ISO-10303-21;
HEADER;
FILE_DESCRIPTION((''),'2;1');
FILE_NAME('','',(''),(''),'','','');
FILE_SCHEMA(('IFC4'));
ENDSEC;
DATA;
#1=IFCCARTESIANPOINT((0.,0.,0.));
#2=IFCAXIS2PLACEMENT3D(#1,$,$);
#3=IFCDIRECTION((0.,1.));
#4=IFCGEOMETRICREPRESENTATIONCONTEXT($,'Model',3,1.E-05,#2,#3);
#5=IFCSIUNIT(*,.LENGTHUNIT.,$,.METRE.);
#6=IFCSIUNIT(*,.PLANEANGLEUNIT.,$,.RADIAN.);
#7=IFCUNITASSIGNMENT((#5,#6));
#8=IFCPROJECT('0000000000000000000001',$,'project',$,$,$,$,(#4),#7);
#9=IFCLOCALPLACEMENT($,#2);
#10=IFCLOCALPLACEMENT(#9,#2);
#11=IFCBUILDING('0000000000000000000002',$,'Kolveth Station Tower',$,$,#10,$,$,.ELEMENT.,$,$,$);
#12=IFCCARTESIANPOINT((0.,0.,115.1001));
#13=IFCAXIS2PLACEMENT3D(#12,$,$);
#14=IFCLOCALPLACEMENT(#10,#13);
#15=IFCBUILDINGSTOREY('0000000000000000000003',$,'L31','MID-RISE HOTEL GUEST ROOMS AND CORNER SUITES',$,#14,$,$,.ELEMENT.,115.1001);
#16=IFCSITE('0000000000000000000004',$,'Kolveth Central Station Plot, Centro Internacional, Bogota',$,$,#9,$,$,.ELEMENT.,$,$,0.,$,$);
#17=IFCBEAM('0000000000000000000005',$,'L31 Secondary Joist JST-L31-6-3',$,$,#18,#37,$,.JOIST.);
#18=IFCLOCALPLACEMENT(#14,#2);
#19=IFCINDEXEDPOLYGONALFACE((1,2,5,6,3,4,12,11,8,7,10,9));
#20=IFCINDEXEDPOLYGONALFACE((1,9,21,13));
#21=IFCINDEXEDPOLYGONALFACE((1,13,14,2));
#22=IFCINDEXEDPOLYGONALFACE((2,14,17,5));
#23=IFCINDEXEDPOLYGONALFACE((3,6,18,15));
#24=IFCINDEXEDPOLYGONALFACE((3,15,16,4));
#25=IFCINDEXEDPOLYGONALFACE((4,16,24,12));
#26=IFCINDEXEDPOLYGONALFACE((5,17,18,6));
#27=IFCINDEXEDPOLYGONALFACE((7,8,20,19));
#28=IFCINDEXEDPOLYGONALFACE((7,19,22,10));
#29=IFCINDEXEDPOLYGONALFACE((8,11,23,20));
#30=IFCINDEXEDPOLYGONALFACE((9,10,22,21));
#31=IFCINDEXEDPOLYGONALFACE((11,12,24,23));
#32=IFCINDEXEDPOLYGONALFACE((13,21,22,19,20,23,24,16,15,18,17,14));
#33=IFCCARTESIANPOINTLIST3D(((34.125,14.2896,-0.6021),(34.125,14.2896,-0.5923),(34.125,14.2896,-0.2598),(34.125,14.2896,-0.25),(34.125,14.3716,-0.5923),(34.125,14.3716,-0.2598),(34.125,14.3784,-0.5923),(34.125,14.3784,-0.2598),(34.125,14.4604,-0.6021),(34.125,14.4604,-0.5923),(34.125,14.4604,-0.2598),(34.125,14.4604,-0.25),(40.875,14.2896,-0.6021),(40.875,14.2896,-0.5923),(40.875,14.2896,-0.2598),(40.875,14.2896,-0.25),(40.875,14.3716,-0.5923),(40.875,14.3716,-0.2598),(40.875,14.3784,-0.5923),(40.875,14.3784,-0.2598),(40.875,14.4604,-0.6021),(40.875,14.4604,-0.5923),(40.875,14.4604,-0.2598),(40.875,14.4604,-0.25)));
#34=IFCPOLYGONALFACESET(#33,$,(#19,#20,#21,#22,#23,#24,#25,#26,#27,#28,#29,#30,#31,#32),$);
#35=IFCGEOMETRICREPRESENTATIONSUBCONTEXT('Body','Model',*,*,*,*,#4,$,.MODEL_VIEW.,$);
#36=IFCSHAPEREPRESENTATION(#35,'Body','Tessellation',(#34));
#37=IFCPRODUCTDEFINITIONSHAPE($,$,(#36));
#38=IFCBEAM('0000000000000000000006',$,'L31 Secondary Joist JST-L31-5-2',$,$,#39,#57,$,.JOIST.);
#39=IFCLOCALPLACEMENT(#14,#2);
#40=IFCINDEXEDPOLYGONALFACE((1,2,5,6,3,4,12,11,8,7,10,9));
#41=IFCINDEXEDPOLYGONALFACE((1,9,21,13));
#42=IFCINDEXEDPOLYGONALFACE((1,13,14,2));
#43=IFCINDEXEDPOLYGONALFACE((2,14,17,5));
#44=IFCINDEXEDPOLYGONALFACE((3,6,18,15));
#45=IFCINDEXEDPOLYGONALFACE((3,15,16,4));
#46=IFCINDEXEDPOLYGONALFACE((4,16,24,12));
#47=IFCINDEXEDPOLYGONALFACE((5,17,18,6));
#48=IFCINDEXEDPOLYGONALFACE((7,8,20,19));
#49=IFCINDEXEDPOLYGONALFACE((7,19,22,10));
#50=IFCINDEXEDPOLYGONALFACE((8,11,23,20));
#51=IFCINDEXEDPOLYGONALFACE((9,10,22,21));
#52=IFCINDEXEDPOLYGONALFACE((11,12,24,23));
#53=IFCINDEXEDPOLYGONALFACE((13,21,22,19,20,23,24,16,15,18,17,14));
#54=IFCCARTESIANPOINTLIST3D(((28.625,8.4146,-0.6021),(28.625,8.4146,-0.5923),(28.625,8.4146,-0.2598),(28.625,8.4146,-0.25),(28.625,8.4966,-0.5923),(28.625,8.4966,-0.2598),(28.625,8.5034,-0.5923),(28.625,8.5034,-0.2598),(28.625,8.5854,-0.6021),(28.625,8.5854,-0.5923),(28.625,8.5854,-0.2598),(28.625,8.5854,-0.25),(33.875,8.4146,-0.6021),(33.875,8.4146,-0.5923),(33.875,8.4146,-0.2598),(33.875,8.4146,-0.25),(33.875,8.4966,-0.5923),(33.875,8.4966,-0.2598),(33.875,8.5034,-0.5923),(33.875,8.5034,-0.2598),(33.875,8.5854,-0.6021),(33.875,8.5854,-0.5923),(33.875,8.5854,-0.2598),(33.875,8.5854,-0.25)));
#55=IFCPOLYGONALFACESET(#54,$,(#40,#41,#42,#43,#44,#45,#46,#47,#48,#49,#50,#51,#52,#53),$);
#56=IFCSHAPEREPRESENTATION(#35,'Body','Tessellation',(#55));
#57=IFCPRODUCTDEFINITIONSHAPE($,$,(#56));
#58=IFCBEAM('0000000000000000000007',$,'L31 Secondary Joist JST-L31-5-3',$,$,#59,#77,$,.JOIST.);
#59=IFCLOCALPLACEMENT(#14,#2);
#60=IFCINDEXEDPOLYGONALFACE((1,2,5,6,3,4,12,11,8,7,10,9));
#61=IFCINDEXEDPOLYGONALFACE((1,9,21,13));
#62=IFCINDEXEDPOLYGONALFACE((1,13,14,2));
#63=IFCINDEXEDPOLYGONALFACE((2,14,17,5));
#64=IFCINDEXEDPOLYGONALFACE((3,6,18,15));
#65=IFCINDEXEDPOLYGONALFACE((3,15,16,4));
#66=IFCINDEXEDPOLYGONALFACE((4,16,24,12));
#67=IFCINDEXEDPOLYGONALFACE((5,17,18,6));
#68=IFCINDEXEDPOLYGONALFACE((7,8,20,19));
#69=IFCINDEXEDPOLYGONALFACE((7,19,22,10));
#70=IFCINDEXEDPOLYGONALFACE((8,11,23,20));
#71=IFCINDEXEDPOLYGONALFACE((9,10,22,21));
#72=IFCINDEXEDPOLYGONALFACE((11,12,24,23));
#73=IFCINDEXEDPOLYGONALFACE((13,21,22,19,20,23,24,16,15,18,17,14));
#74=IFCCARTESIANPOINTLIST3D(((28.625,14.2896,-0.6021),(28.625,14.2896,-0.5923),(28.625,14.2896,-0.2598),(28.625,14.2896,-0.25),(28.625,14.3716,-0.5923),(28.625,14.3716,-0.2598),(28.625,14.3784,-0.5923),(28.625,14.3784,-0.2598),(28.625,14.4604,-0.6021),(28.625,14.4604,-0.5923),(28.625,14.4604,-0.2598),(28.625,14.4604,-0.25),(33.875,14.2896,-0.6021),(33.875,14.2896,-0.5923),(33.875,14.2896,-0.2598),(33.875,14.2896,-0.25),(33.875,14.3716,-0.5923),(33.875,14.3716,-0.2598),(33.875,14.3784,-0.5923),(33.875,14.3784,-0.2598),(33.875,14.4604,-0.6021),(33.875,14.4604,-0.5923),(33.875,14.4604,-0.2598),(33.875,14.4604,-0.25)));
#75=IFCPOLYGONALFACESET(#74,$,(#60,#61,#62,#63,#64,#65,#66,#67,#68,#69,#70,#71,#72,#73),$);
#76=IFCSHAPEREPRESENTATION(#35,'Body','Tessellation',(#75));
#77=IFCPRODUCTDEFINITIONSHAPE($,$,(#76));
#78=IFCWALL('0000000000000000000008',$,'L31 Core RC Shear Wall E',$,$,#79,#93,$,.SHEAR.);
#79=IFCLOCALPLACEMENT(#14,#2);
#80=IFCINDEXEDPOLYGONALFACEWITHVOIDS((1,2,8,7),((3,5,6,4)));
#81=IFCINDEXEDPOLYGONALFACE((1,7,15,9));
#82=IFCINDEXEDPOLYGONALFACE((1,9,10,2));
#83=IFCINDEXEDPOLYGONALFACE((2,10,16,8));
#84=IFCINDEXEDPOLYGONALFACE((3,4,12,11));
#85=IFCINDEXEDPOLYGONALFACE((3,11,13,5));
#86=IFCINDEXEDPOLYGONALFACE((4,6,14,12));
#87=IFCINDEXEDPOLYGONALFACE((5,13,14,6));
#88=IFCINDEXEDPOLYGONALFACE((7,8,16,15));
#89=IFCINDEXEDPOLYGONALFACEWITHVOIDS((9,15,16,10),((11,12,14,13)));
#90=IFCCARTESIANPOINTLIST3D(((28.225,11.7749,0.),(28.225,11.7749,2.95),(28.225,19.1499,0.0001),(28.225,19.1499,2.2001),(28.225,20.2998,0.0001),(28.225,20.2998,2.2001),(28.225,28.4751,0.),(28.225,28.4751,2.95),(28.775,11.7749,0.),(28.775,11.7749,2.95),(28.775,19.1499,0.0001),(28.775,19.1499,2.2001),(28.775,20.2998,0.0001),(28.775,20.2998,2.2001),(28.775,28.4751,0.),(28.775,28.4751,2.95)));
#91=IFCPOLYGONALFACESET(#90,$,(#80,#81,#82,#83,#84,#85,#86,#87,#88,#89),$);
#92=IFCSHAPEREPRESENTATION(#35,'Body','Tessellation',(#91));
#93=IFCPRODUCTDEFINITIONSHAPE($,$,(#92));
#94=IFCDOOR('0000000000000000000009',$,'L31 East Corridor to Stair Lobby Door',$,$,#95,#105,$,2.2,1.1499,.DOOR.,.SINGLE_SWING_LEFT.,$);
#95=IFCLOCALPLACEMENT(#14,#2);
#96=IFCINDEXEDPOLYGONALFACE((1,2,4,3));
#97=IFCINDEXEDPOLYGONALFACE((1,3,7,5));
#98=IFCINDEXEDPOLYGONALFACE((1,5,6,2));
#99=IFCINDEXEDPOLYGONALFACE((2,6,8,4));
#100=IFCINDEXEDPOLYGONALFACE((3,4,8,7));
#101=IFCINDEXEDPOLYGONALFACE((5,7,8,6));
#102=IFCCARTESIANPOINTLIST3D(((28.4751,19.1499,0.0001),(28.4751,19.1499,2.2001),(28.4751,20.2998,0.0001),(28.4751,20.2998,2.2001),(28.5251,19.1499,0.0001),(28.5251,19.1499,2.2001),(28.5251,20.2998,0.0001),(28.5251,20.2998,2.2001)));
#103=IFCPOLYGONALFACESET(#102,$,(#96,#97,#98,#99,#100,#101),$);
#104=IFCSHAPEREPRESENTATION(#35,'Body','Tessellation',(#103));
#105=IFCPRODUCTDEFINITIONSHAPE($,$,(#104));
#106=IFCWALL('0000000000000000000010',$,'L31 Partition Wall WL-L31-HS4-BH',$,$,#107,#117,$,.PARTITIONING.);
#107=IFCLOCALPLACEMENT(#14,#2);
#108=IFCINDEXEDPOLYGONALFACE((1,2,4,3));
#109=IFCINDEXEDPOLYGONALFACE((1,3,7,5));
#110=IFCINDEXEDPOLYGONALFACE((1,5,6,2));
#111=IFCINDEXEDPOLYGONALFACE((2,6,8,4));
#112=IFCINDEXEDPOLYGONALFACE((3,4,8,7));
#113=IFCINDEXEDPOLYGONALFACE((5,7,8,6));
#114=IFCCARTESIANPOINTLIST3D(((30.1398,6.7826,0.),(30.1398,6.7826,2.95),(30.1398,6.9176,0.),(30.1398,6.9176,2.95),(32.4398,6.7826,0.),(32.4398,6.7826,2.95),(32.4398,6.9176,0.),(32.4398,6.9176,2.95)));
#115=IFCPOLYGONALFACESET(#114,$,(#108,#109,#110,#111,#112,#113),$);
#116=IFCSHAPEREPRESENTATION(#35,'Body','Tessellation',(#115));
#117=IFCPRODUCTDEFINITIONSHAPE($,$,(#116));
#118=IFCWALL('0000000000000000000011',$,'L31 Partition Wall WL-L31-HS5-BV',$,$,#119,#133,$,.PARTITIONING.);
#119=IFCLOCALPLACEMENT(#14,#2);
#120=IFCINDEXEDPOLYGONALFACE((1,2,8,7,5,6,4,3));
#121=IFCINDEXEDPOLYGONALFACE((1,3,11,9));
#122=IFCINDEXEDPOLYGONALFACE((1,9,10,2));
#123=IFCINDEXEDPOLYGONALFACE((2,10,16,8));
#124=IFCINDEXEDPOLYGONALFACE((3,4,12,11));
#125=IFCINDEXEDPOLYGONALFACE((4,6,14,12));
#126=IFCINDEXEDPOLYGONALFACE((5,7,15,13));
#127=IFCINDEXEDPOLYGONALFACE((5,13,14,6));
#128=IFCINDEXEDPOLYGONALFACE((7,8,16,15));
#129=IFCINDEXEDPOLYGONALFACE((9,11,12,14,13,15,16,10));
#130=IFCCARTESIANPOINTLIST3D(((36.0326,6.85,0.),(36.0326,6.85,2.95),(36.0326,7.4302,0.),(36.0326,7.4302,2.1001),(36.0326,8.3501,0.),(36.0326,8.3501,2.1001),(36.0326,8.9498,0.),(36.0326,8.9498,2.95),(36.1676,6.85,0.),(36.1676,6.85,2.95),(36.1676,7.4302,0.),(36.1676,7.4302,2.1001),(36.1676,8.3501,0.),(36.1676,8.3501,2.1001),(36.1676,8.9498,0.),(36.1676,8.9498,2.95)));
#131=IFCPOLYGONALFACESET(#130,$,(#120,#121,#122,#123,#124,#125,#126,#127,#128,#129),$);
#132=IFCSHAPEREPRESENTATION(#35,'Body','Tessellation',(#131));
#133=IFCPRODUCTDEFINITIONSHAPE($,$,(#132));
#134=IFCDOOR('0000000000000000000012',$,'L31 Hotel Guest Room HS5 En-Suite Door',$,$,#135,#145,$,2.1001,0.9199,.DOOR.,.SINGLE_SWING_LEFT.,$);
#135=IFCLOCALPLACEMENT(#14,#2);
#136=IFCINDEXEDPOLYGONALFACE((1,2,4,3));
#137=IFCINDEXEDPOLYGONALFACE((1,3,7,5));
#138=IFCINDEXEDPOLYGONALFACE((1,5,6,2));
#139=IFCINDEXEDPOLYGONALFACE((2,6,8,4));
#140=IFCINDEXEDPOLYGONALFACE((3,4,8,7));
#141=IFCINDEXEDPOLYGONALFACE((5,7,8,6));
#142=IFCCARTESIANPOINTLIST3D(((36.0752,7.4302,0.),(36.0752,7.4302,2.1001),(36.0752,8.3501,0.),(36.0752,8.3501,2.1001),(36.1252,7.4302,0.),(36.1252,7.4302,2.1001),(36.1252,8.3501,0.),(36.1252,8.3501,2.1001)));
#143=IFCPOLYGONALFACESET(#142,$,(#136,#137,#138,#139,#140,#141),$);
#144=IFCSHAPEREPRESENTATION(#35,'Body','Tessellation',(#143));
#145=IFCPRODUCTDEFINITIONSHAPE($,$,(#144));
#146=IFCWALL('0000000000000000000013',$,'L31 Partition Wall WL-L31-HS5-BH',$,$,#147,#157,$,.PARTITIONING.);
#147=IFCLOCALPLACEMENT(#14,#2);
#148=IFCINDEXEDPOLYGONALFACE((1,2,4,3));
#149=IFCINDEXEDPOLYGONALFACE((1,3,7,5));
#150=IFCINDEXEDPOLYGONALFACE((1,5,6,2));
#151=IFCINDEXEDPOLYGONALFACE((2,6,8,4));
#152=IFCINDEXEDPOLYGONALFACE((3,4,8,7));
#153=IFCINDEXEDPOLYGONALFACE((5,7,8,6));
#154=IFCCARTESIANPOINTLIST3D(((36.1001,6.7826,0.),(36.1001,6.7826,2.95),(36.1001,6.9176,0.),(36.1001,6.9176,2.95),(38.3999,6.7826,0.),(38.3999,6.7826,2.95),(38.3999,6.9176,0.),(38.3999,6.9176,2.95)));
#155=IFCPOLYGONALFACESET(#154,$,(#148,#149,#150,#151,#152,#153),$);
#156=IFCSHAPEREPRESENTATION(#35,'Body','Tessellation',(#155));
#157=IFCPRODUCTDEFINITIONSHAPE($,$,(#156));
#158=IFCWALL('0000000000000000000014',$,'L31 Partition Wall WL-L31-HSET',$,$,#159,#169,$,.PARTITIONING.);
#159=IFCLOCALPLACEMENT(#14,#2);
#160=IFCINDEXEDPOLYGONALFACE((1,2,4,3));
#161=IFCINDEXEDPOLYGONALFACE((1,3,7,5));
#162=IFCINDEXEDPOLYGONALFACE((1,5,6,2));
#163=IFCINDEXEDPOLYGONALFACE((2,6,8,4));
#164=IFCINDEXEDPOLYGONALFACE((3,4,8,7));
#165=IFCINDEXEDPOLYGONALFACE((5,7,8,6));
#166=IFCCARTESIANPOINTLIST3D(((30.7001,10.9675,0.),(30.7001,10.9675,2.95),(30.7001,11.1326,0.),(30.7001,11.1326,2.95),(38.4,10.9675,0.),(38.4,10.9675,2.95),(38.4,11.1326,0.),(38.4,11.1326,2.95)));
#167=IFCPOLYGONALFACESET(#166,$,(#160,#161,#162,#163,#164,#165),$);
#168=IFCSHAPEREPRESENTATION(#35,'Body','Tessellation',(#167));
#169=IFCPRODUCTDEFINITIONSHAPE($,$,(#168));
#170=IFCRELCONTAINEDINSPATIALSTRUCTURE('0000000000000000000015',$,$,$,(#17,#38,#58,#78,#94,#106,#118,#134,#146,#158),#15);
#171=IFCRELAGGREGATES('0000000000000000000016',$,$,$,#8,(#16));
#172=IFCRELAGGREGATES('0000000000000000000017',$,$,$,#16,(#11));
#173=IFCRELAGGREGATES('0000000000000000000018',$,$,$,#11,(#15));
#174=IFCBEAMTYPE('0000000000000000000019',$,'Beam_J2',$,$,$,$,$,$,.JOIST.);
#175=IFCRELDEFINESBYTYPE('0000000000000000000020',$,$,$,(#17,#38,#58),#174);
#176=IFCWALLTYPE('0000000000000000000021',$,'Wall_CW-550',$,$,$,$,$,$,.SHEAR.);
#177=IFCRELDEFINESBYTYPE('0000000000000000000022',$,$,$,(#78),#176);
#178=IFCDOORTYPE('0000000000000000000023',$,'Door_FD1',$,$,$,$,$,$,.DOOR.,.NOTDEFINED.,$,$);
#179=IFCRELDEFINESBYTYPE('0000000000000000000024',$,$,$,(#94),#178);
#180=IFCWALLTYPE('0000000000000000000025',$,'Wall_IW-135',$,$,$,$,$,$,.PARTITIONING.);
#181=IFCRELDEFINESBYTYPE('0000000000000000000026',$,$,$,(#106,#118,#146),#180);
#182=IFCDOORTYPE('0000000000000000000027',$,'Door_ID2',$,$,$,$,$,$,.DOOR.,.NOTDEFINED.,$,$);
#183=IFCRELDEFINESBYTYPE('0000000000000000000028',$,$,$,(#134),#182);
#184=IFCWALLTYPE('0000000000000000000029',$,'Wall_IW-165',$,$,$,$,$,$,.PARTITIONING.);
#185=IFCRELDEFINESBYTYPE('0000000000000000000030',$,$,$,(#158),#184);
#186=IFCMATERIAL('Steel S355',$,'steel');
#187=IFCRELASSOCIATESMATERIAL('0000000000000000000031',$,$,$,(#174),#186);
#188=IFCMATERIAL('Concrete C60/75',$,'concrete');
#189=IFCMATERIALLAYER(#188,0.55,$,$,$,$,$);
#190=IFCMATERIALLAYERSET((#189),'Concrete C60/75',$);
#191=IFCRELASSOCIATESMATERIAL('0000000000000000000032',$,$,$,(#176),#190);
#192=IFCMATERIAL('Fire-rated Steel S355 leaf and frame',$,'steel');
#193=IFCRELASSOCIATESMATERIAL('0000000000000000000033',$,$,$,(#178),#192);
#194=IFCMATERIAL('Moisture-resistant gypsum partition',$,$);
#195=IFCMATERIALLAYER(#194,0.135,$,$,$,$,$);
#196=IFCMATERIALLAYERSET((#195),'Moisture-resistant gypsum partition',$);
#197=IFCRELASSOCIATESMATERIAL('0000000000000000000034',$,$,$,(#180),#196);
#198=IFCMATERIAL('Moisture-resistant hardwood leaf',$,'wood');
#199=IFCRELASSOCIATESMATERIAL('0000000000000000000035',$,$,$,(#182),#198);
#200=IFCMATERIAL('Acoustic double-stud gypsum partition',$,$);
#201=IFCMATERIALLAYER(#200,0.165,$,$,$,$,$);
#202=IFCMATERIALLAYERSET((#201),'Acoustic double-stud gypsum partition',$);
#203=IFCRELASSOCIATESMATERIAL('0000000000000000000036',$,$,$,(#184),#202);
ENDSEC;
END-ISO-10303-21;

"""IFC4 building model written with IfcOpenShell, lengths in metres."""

from ifc_helpers import new_model, si_unit, direction, frame, frame_2d, origin, origin_2d, place, context, subcontext, project, spatial, rectangle, i_section, extrude, source, transform, mapped, material, layer, layer_set, material_profile, profile_set, type_object, element, fill, save


model = new_model("IFC4")

# Units and contexts
model_context = context("Model", 3, precision=1e-05, world=origin(), true_north=direction((0.0, 1.0)))
body_context = subcontext(model_context, "Body", "Model", "MODEL_VIEW")
ifc_project = project(units=[si_unit("LENGTHUNIT", "METRE"), si_unit("PLANEANGLEUNIT", "RADIAN")], contexts=[model_context])

# Site, building, storey
site_placement = place(None, origin())
site = spatial("IfcSite", under=ifc_project, at=site_placement, Name="Kolveth Central Station Plot, Centro Internacional, Bogota", CompositionType="ELEMENT", RefElevation=0.0)
building_placement = place(site_placement, origin())
building = spatial("IfcBuilding", under=site, at=building_placement, Name="Kolveth Station Tower", CompositionType="ELEMENT")
storey_placement = place(building_placement, frame((0.0, 0.0, 115.1001)))
storey = spatial("IfcBuildingStorey", under=building, at=storey_placement, Name="L31", Description="MID-RISE HOTEL GUEST ROOMS AND CORNER SUITES", CompositionType="ELEMENT", Elevation=115.1001)

# Shared definitions
ifc_material_1 = material(Name="Steel S355", Category="steel")

# Beams
ifc_material_profile_1 = material_profile(ifc_material_1, i_section(OverallWidth=0.1709, OverallDepth=0.3521, WebThickness=0.0068, FlangeThickness=0.0098, at=origin_2d()), Name="W360x44")
ifc_profile_set_1 = profile_set([ifc_material_profile_1], Name="Steel S355")
beam_type_1 = type_object("IfcBeamType", Name="Beam_J2", PredefinedType="JOIST", material=ifc_profile_set_1)
shared_shape_1 = source(origin(), body_context, "Body", "SweptSolid", [
    extrude(i_section(OverallWidth=0.1709, OverallDepth=0.3521, WebThickness=0.0068, FlangeThickness=0.0098, at=origin_2d()), origin(), (0.0, 0.0, 1.0), 6.75),
])
for number, where, z_axis, x_axis, name in (
    (1, (34.125, 14.375, -0.426), (1.0, 0.0, 0.0), (0.0, 1.0, 0.0), "L31 Secondary Joist JST-L31-6-3"),
):
    element("IfcBeam", number, at=place(storey_placement, frame(where, z_axis=z_axis, x_axis=x_axis)), inside=storey, type_object=beam_type_1, Name=name, PredefinedType="JOIST", context=body_context, shape_type="MappedRepresentation", body=[
        mapped(shared_shape_1, transform((0.0, 0.0, 0.0), x_axis=(1.0, 0.0, 0.0), y_axis=(0.0, 1.0, 0.0), z_axis=(0.0, 0.0, 1.0), scale=1.0)),
    ])
shared_shape_2 = source(origin(), body_context, "Body", "SweptSolid", [
    extrude(i_section(OverallWidth=0.1709, OverallDepth=0.3521, WebThickness=0.0068, FlangeThickness=0.0098, at=origin_2d()), origin(), (0.0, 0.0, 1.0), 5.25),
])
for number, where, z_axis, x_axis, name in (
    (2, (28.625, 8.5, -0.426), (1.0, 0.0, 0.0), (0.0, 1.0, 0.0), "L31 Secondary Joist JST-L31-5-2"),
    (3, (28.625, 14.375, -0.426), (1.0, 0.0, 0.0), (0.0, 1.0, 0.0), "L31 Secondary Joist JST-L31-5-3"),
):
    element("IfcBeam", number, at=place(storey_placement, frame(where, z_axis=z_axis, x_axis=x_axis)), inside=storey, type_object=beam_type_1, Name=name, PredefinedType="JOIST", context=body_context, shape_type="MappedRepresentation", body=[
        mapped(shared_shape_2, transform((0.0, 0.0, 0.0), x_axis=(1.0, 0.0, 0.0), y_axis=(0.0, 1.0, 0.0), z_axis=(0.0, 0.0, 1.0), scale=1.0)),
    ])

# Wall, opening, door
ifc_material_2 = material(Name="Concrete C60/75", Category="concrete")
ifc_layer_1 = layer(ifc_material_2, 0.55)
ifc_layer_set_1 = layer_set([ifc_layer_1], Name="Concrete C60/75")
wall_type_1 = type_object("IfcWallType", Name="Wall_CW-550", PredefinedType="SHEAR", material=ifc_layer_set_1)
wall_1_placement = place(storey_placement, frame((28.5, 11.7749, 0.0), z_axis=(0.0, 0.0, 1.0), x_axis=(0.0, 1.0, 0.0)))
wall_1 = element("IfcWall", 4, at=wall_1_placement, inside=storey, type_object=wall_type_1, Name="L31 Core RC Shear Wall E", PredefinedType="SHEAR", context=body_context, shape_type="SweptSolid", body=[
    extrude(rectangle(XDim=16.7002, YDim=0.55, at=frame_2d((8.3501, 0.0))), origin(), (0.0, 0.0, 1.0), 2.95),
])
opening_1_placement = place(wall_1_placement, frame((7.375, 0.0, 0.0)))
opening_1 = element("IfcOpeningElement", 5, at=opening_1_placement, cuts=wall_1, PredefinedType="OPENING", context=body_context, shape_type="SweptSolid", body=[
    extrude(rectangle(XDim=1.1499, YDim=2.2, at=frame_2d((0.575, 1.1001))), frame((0.0, 0.2849, 0.0), z_axis=(0.0, -1.0, 0.0), x_axis=(1.0, 0.0, 0.0)), (0.0, 0.0, 1.0), 0.5701),
])
ifc_material_3 = material(Name="Fire-rated Steel S355 leaf and frame", Category="steel")
door_type_1 = type_object("IfcDoorType", Name="Door_FD1", OperationType="NOTDEFINED", PredefinedType="DOOR", material=ifc_material_3)
door_1_placement = place(opening_1_placement, origin())
door_1 = element("IfcDoor", 6, at=door_1_placement, inside=storey, type_object=door_type_1, Name="L31 East Corridor to Stair Lobby Door", OperationType="SINGLE_SWING_LEFT", OverallHeight=2.2, OverallWidth=1.1499, PredefinedType="DOOR", context=body_context, shape_type="SweptSolid", body=[
    extrude(rectangle(XDim=1.1499, YDim=2.2, at=frame_2d((0.575, 1.1001))), frame((0.0, 0.0249, 0.0), z_axis=(0.0, -1.0, 0.0), x_axis=(1.0, 0.0, 0.0)), (0.0, 0.0, 1.0), 0.05),
])
fill(opening_1, door_1)

# Wall
ifc_material_4 = material(Name="Moisture-resistant gypsum partition")
ifc_layer_2 = layer(ifc_material_4, 0.135)
ifc_layer_set_2 = layer_set([ifc_layer_2], Name="Moisture-resistant gypsum partition")
wall_type_2 = type_object("IfcWallType", Name="Wall_IW-135", PredefinedType="PARTITIONING", material=ifc_layer_set_2)
wall_2_placement = place(storey_placement, frame((30.1399, 6.8501, 0.0), z_axis=(0.0, 0.0, 1.0), x_axis=(1.0, 0.0, 0.0)))
element("IfcWall", 7, at=wall_2_placement, inside=storey, type_object=wall_type_2, Name="L31 Partition Wall WL-L31-HS4-BH", PredefinedType="PARTITIONING", context=body_context, shape_type="SweptSolid", body=[
    extrude(rectangle(XDim=2.3, YDim=0.135, at=frame_2d((1.1499, 0.0))), origin(), (0.0, 0.0, 1.0), 2.95),
])

# Wall, opening, door
wall_3_placement = place(storey_placement, frame((36.1001, 6.8501, 0.0), z_axis=(0.0, 0.0, 1.0), x_axis=(0.0, 1.0, 0.0)))
wall_3 = element("IfcWall", 8, at=wall_3_placement, inside=storey, type_object=wall_type_2, Name="L31 Partition Wall WL-L31-HS5-BV", PredefinedType="PARTITIONING", context=body_context, shape_type="SweptSolid", body=[
    extrude(rectangle(XDim=2.0999, YDim=0.135, at=frame_2d((1.0498, 0.0))), origin(), (0.0, 0.0, 1.0), 2.95),
])
opening_2_placement = place(wall_3_placement, frame((0.5801, 0.0, 0.0)))
opening_2 = element("IfcOpeningElement", 9, at=opening_2_placement, cuts=wall_3, PredefinedType="OPENING", context=body_context, shape_type="SweptSolid", body=[
    extrude(rectangle(XDim=0.9199, YDim=2.1001, at=frame_2d((0.46, 1.05))), frame((0.0, 0.0774, 0.0), z_axis=(0.0, -1.0, 0.0), x_axis=(1.0, 0.0, 0.0)), (0.0, 0.0, 1.0), 0.155),
])
ifc_material_5 = material(Name="Moisture-resistant hardwood leaf", Category="wood")
door_type_2 = type_object("IfcDoorType", Name="Door_ID2", OperationType="NOTDEFINED", PredefinedType="DOOR", material=ifc_material_5)
door_2_placement = place(opening_2_placement, origin())
door_2 = element("IfcDoor", 10, at=door_2_placement, inside=storey, type_object=door_type_2, Name="L31 Hotel Guest Room HS5 En-Suite Door", OperationType="SINGLE_SWING_LEFT", OverallHeight=2.1001, OverallWidth=0.9199, PredefinedType="DOOR", context=body_context, shape_type="SweptSolid", body=[
    extrude(rectangle(XDim=0.9199, YDim=2.1001, at=frame_2d((0.46, 1.05))), frame((0.0, 0.0249, 0.0), z_axis=(0.0, -1.0, 0.0), x_axis=(1.0, 0.0, 0.0)), (0.0, 0.0, 1.0), 0.05),
])
fill(opening_2, door_2)

# Walls
wall_4_placement = place(storey_placement, frame((36.1001, 6.8501, 0.0), z_axis=(0.0, 0.0, 1.0), x_axis=(1.0, 0.0, 0.0)))
element("IfcWall", 11, at=wall_4_placement, inside=storey, type_object=wall_type_2, Name="L31 Partition Wall WL-L31-HS5-BH", PredefinedType="PARTITIONING", context=body_context, shape_type="SweptSolid", body=[
    extrude(rectangle(XDim=2.2998, YDim=0.135, at=frame_2d((1.1499, 0.0))), origin(), (0.0, 0.0, 1.0), 2.95),
])
ifc_material_6 = material(Name="Acoustic double-stud gypsum partition")
ifc_layer_3 = layer(ifc_material_6, 0.165)
ifc_layer_set_3 = layer_set([ifc_layer_3], Name="Acoustic double-stud gypsum partition")
wall_type_3 = type_object("IfcWallType", Name="Wall_IW-165", PredefinedType="PARTITIONING", material=ifc_layer_set_3)
wall_5_placement = place(storey_placement, frame((30.7, 11.05, 0.0), z_axis=(0.0, 0.0, 1.0), x_axis=(1.0, 0.0, 0.0)))
element("IfcWall", 12, at=wall_5_placement, inside=storey, type_object=wall_type_3, Name="L31 Partition Wall WL-L31-HSET", PredefinedType="PARTITIONING", context=body_context, shape_type="SweptSolid", body=[
    extrude(rectangle(XDim=7.7, YDim=0.165, at=frame_2d((3.8501, 0.0))), origin(), (0.0, 0.0, 1.0), 2.95),
])

save(model, "model.ifc")
